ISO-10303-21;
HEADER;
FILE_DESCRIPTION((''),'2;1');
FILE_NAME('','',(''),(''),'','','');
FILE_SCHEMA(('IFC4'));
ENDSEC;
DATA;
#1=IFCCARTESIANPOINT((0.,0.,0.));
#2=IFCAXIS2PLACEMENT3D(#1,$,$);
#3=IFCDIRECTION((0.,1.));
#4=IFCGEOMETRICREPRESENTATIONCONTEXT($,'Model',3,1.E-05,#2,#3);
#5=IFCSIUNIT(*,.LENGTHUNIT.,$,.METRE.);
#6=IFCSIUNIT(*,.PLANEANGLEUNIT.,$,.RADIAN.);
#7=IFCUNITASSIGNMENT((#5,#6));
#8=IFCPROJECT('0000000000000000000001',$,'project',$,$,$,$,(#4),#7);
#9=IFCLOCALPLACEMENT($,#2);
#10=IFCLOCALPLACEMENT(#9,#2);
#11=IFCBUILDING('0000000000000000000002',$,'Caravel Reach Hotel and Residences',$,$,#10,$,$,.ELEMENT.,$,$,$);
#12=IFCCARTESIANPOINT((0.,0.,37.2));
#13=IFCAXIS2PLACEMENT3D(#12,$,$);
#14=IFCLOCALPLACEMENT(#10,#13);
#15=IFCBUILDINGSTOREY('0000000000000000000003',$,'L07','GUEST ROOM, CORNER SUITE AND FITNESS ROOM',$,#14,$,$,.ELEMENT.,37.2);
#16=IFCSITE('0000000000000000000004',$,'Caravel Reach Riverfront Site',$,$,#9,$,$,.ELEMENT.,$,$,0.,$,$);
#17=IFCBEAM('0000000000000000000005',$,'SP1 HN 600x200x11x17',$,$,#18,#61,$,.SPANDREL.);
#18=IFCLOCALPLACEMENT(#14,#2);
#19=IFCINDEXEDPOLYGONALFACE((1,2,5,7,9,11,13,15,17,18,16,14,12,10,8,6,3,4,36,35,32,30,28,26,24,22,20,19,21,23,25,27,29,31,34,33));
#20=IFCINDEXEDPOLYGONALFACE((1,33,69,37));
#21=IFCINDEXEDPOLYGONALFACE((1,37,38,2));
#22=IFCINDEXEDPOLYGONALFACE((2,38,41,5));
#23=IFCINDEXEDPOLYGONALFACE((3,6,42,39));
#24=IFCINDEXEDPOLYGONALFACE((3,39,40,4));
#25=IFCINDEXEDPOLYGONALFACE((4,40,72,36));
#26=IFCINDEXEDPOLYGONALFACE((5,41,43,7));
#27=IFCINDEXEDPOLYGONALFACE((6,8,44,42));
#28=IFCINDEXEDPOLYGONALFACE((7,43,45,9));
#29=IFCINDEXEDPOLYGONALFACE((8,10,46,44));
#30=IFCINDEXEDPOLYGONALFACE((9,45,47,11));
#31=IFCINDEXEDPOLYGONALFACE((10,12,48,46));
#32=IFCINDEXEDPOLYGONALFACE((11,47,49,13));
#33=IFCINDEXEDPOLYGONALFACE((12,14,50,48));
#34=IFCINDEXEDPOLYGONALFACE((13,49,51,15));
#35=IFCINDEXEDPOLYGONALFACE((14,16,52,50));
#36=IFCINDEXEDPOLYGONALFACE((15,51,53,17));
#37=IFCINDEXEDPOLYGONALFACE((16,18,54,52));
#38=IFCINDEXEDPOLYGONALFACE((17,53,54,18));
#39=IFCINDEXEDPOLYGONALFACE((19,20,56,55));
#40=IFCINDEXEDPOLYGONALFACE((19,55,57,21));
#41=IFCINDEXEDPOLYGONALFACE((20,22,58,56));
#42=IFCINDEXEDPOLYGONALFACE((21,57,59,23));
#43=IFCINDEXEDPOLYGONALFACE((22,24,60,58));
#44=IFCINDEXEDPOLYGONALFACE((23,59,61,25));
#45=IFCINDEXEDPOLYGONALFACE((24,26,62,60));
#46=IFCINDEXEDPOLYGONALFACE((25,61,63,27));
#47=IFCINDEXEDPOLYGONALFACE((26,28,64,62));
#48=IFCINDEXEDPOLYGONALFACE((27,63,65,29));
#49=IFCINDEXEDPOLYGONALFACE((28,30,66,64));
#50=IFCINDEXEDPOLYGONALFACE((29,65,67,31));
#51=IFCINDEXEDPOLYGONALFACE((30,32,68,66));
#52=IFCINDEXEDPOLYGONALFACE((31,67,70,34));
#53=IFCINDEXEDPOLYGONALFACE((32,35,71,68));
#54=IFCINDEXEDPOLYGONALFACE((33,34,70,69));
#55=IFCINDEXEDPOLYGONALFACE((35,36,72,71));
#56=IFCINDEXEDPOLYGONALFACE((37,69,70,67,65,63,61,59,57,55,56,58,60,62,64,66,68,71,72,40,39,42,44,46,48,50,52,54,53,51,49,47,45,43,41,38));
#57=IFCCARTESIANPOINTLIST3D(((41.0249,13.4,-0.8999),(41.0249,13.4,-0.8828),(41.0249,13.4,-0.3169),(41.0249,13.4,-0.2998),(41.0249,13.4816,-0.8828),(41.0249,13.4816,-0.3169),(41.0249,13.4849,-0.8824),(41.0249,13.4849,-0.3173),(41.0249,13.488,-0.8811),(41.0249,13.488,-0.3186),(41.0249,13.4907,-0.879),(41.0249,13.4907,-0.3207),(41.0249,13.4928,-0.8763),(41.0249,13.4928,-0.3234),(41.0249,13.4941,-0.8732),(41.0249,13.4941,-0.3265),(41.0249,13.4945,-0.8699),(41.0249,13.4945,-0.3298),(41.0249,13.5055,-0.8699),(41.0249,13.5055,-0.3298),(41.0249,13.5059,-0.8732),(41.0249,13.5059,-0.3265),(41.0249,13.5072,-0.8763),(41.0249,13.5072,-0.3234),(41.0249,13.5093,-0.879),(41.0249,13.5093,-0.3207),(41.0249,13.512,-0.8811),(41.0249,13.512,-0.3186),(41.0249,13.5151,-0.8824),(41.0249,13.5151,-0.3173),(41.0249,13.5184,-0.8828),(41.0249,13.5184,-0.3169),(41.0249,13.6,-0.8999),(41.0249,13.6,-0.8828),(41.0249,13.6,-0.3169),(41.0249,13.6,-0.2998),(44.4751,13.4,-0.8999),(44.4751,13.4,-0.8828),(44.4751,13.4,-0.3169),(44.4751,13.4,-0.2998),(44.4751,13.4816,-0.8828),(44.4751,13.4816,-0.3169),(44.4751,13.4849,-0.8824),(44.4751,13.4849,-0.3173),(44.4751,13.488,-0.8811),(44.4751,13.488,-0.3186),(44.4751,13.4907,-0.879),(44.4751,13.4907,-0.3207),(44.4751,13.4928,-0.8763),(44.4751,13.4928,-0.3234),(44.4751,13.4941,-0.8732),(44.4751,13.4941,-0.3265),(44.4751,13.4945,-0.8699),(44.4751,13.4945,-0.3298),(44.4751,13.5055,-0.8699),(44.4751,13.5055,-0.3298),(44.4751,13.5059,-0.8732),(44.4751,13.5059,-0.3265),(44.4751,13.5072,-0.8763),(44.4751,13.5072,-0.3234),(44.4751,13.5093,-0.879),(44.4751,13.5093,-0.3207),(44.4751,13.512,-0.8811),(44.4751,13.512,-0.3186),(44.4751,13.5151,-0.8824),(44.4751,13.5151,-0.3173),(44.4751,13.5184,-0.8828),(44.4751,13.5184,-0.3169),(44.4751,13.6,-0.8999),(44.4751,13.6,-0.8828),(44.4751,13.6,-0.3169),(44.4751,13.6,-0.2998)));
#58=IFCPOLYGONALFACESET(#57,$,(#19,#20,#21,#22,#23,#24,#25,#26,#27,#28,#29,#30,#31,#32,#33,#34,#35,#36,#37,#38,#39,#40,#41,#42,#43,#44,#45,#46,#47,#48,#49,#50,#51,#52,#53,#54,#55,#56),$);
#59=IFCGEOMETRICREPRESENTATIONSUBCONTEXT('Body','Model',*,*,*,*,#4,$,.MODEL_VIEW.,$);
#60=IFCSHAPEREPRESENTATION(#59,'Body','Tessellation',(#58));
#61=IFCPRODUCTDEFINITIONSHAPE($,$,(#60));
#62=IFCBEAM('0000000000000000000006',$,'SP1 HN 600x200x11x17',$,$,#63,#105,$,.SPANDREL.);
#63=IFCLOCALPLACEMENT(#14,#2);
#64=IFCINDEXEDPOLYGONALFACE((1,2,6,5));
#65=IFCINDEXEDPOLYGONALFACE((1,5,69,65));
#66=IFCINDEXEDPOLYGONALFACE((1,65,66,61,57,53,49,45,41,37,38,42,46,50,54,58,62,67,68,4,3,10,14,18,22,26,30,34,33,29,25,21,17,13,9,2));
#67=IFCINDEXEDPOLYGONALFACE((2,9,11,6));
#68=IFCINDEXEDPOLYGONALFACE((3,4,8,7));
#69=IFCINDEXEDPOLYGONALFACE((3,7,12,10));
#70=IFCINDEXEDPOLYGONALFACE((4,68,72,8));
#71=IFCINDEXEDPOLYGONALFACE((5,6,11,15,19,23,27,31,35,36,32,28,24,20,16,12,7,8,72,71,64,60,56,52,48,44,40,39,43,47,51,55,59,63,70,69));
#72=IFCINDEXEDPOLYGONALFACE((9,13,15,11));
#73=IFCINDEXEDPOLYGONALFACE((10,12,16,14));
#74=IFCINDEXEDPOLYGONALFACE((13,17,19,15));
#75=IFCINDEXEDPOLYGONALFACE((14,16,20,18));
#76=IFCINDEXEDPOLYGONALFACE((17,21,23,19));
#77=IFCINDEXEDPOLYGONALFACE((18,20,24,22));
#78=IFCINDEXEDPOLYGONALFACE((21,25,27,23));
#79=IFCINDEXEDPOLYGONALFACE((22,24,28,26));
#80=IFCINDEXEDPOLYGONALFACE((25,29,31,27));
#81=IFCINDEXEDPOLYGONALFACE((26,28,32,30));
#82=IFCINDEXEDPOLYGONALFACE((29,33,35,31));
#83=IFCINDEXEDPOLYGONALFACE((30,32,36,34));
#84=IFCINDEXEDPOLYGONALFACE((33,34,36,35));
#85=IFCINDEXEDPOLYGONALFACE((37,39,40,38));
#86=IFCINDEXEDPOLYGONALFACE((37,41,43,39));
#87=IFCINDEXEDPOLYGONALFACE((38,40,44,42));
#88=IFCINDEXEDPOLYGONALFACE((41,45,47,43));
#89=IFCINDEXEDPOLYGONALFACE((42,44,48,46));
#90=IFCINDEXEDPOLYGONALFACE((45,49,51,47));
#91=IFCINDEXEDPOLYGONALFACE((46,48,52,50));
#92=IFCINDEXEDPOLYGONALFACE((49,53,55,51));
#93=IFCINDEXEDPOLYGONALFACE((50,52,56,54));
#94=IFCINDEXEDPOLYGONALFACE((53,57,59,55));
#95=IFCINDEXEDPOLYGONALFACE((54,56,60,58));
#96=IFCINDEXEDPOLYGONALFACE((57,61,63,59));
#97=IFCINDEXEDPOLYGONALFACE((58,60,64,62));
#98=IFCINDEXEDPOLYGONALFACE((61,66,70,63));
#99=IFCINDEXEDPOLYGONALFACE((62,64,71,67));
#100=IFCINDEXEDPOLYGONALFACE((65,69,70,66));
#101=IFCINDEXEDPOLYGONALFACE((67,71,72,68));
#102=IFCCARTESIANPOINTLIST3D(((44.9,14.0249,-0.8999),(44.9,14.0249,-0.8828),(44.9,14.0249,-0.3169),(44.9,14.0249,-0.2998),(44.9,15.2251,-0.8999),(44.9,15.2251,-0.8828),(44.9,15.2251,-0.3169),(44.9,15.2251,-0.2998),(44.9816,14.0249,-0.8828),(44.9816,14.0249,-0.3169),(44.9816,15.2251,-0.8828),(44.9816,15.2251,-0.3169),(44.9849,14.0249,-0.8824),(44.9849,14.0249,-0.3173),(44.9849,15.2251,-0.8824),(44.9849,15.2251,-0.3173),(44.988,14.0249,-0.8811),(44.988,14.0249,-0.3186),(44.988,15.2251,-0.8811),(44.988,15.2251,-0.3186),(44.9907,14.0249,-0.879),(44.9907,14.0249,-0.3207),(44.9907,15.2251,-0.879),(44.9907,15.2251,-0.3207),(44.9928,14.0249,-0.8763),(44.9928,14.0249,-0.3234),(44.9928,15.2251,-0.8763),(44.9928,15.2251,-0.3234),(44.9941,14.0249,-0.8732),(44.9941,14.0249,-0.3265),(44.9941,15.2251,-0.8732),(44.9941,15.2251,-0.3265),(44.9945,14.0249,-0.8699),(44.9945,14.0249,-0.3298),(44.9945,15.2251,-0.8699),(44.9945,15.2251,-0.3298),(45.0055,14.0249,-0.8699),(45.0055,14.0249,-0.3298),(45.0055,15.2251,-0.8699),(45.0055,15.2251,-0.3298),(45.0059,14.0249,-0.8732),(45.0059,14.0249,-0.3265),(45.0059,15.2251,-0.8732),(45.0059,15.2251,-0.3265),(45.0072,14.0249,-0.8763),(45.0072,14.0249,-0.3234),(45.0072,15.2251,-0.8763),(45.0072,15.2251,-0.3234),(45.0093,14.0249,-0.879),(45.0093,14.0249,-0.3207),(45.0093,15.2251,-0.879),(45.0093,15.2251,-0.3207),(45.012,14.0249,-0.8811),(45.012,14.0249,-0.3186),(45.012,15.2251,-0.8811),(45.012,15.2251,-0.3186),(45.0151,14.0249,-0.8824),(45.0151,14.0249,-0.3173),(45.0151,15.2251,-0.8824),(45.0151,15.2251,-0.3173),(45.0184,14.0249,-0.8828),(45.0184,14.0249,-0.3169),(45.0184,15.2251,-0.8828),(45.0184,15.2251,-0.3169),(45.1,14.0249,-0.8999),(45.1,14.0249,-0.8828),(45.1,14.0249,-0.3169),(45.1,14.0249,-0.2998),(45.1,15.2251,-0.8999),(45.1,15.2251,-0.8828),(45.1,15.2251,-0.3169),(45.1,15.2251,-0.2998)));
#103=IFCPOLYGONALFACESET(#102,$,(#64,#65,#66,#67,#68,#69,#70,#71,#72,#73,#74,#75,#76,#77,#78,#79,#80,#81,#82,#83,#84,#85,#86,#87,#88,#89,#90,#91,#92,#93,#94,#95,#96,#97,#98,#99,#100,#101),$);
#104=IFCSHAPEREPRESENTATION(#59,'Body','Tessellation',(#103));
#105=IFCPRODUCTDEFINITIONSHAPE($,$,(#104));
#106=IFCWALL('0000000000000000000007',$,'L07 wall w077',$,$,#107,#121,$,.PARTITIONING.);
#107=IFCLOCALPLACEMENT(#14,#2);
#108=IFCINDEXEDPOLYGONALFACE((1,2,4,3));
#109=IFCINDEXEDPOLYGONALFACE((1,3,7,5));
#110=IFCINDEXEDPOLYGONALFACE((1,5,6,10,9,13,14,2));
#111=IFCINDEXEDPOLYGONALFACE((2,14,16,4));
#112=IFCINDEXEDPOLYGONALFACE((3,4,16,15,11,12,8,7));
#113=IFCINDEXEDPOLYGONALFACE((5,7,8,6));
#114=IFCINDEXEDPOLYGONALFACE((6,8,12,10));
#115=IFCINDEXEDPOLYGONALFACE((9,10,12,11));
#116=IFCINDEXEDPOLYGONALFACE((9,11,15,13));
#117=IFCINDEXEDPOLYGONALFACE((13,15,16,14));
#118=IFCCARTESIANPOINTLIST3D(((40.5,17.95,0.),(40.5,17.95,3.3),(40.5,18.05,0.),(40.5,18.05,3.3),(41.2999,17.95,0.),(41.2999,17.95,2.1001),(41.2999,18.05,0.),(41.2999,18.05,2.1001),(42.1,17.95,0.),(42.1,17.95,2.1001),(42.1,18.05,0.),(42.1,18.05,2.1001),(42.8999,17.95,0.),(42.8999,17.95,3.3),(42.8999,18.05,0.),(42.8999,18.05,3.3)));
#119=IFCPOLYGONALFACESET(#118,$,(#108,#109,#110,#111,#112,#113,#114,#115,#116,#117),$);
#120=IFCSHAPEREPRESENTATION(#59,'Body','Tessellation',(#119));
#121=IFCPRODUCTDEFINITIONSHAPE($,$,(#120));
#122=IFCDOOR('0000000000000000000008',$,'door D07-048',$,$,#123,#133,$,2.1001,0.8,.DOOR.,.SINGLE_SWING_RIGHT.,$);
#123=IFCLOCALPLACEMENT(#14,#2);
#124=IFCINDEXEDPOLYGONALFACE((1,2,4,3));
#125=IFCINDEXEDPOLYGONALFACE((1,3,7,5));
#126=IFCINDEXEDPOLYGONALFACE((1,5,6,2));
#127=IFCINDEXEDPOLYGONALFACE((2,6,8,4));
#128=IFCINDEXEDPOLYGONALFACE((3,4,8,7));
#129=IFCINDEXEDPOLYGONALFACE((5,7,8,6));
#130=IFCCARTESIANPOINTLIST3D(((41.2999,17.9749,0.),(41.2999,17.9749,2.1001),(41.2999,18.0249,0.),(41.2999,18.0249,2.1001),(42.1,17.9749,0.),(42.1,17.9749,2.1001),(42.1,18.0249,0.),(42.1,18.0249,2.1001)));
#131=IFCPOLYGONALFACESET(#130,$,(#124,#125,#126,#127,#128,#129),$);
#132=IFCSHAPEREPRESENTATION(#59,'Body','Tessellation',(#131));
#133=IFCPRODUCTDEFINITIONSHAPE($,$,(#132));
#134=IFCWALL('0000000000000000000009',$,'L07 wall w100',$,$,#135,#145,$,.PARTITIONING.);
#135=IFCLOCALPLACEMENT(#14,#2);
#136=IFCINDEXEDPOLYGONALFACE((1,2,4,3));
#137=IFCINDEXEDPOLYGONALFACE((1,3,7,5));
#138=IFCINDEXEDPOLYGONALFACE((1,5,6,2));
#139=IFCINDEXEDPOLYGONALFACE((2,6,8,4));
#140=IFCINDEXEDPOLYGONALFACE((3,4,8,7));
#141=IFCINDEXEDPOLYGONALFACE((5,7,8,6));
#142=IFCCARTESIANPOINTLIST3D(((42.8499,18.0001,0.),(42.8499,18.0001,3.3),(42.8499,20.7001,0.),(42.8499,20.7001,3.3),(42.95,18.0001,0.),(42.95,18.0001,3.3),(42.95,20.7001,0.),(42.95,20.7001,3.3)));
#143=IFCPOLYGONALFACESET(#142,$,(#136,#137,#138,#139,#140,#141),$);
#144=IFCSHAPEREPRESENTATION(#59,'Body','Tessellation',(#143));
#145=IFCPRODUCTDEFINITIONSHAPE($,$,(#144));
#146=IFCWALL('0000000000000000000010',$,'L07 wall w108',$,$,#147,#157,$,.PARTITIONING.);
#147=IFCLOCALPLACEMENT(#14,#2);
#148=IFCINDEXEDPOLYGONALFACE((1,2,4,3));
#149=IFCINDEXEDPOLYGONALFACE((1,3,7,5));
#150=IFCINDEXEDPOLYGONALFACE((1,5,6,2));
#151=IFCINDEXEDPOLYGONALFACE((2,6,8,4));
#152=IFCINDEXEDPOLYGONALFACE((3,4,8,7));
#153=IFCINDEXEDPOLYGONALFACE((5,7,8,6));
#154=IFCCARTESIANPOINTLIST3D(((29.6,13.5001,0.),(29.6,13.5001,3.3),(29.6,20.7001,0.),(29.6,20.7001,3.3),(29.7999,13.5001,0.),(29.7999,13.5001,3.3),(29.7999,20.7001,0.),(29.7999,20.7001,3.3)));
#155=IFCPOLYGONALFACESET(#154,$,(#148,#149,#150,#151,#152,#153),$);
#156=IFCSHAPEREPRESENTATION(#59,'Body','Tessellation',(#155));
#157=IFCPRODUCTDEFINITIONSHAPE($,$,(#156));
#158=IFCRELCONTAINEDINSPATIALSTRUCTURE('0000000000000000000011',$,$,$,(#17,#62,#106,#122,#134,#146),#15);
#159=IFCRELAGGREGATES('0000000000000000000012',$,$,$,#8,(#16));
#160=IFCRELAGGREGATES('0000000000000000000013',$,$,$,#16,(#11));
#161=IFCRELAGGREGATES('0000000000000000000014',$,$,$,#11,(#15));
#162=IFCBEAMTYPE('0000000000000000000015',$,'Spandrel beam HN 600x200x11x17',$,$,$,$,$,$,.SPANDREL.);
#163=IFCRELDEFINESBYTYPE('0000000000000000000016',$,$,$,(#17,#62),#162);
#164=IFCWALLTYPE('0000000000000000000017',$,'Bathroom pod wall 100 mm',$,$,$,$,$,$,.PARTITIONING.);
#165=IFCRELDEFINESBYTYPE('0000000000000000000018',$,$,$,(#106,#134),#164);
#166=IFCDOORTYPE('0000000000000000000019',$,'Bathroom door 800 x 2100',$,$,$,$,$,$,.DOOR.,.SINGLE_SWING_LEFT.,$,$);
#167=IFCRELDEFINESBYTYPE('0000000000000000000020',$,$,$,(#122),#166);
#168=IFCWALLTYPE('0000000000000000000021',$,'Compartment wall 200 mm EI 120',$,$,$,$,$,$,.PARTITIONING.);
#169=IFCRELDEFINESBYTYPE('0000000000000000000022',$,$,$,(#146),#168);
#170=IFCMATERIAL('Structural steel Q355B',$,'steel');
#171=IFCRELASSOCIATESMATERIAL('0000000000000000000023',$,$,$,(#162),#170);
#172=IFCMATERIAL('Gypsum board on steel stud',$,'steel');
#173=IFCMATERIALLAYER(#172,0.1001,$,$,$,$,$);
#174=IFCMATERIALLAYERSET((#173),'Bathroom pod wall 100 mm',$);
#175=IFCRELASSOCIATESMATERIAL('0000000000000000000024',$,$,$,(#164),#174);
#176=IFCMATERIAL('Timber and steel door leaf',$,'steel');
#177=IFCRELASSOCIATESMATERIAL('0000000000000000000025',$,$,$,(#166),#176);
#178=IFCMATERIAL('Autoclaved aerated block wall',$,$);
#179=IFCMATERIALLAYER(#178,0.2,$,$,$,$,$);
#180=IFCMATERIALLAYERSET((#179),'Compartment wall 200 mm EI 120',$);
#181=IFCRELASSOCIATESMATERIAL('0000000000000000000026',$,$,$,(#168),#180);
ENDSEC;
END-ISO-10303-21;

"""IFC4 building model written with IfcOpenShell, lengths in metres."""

from ifc_helpers import new_model, si_unit, direction, frame, frame_2d, origin, origin_2d, place, context, subcontext, project, spatial, rectangle, i_section, extrude, material, layer, layer_set, material_profile, profile_set, type_object, element, fill, save


model = new_model("IFC4")

# Units and contexts
model_context = context("Model", 3, precision=1e-05, world=origin(), true_north=direction((0.0, 1.0)))
body_context = subcontext(model_context, "Body", "Model", "MODEL_VIEW")
ifc_project = project(units=[si_unit("LENGTHUNIT", "METRE"), si_unit("PLANEANGLEUNIT", "RADIAN")], contexts=[model_context])

# Site, building, storey
site_placement = place(None, origin())
site = spatial("IfcSite", under=ifc_project, at=site_placement, Name="Caravel Reach Riverfront Site", CompositionType="ELEMENT", RefElevation=0.0)
building_placement = place(site_placement, origin())
building = spatial("IfcBuilding", under=site, at=building_placement, Name="Caravel Reach Hotel and Residences", CompositionType="ELEMENT")
storey_placement = place(building_placement, frame((0.0, 0.0, 37.2)))
storey = spatial("IfcBuildingStorey", under=building, at=storey_placement, Name="L07", Description="GUEST ROOM, CORNER SUITE AND FITNESS ROOM", CompositionType="ELEMENT", Elevation=37.2)

# Beams
ifc_material_1 = material(Name="Structural steel Q355B", Category="steel")
ifc_material_profile_1 = material_profile(ifc_material_1, i_section(OverallWidth=0.2, OverallDepth=0.6001, WebThickness=0.011, FlangeThickness=0.0171, FilletRadius=0.0129, at=origin_2d()), Name="HN 600x200x11x17")
ifc_profile_set_1 = profile_set([ifc_material_profile_1], Name="Structural steel Q355B")
beam_type_1 = type_object("IfcBeamType", Name="Spandrel beam HN 600x200x11x17", PredefinedType="SPANDREL", material=ifc_profile_set_1)
beam_1_placement = place(storey_placement, frame((41.0249, 13.5, -0.5999), z_axis=(1.0, 0.0, 0.0), x_axis=(0.0, 1.0, 0.0)))
element("IfcBeam", 1, at=beam_1_placement, inside=storey, type_object=beam_type_1, Name="SP1 HN 600x200x11x17", PredefinedType="SPANDREL", context=body_context, shape_type="SweptSolid", body=[
    extrude(i_section(OverallWidth=0.2, OverallDepth=0.6001, WebThickness=0.011, FlangeThickness=0.0171, FilletRadius=0.0129, at=origin_2d()), origin(), (0.0, 0.0, 1.0), 3.4502),
])
beam_2_placement = place(storey_placement, frame((45.0, 14.0249, -0.5999), z_axis=(0.0, 1.0, 0.0), x_axis=(-1.0, 0.0, 0.0)))
element("IfcBeam", 2, at=beam_2_placement, inside=storey, type_object=beam_type_1, Name="SP1 HN 600x200x11x17", PredefinedType="SPANDREL", context=body_context, shape_type="SweptSolid", body=[
    extrude(i_section(OverallWidth=0.2, OverallDepth=0.6001, WebThickness=0.011, FlangeThickness=0.0171, FilletRadius=0.0129, at=origin_2d()), origin(), (0.0, 0.0, 1.0), 1.2002),
])

# Wall, opening, door
ifc_material_2 = material(Name="Gypsum board on steel stud", Category="steel")
ifc_layer_1 = layer(ifc_material_2, 0.1001)
ifc_layer_set_1 = layer_set([ifc_layer_1], Name="Bathroom pod wall 100 mm")
wall_type_1 = type_object("IfcWallType", Name="Bathroom pod wall 100 mm", PredefinedType="PARTITIONING", material=ifc_layer_set_1)
wall_1_placement = place(storey_placement, frame((40.5, 18.0, 0.0), z_axis=(0.0, 0.0, 1.0), x_axis=(1.0, 0.0, 0.0)))
wall_1 = element("IfcWall", 3, at=wall_1_placement, inside=storey, type_object=wall_type_1, Name="L07 wall w077", PredefinedType="PARTITIONING", context=body_context, shape_type="SweptSolid", body=[
    extrude(rectangle(XDim=2.3999, YDim=0.1001, at=frame_2d((1.2, 0.0))), origin(), (0.0, 0.0, 1.0), 3.3),
])
opening_1_placement = place(wall_1_placement, frame((0.8, 0.0, 0.0)))
opening_1 = element("IfcOpeningElement", 4, at=opening_1_placement, cuts=wall_1, PredefinedType="OPENING", context=body_context, shape_type="SweptSolid", body=[
    extrude(rectangle(XDim=0.8, YDim=2.1001, at=frame_2d((0.3999, 1.05))), frame((0.0, 0.0601, 0.0), z_axis=(0.0, -1.0, 0.0), x_axis=(1.0, 0.0, 0.0)), (0.0, 0.0, 1.0), 0.1201),
])
ifc_material_3 = material(Name="Timber and steel door leaf", Category="steel")
door_type_1 = type_object("IfcDoorType", Name="Bathroom door 800 x 2100", OperationType="SINGLE_SWING_LEFT", PredefinedType="DOOR", material=ifc_material_3)
door_1_placement = place(opening_1_placement, origin())
door_1 = element("IfcDoor", 5, at=door_1_placement, inside=storey, type_object=door_type_1, Name="door D07-048", OperationType="SINGLE_SWING_RIGHT", OverallHeight=2.1001, OverallWidth=0.8, PredefinedType="DOOR", context=body_context, shape_type="SweptSolid", body=[
    extrude(rectangle(XDim=0.8, YDim=2.1001, at=frame_2d((0.3999, 1.05))), frame((0.0, 0.0249, 0.0), z_axis=(0.0, -1.0, 0.0), x_axis=(1.0, 0.0, 0.0)), (0.0, 0.0, 1.0), 0.05),
])
fill(opening_1, door_1)

# Walls
wall_2_placement = place(storey_placement, frame((42.8999, 18.0, 0.0), z_axis=(0.0, 0.0, 1.0), x_axis=(0.0, 1.0, 0.0)))
element("IfcWall", 6, at=wall_2_placement, inside=storey, type_object=wall_type_1, Name="L07 wall w100", PredefinedType="PARTITIONING", context=body_context, shape_type="SweptSolid", body=[
    extrude(rectangle(XDim=2.7, YDim=0.1001, at=frame_2d((1.3501, 0.0))), origin(), (0.0, 0.0, 1.0), 3.3),
])
ifc_material_4 = material(Name="Autoclaved aerated block wall")
ifc_layer_2 = layer(ifc_material_4, 0.2)
ifc_layer_set_2 = layer_set([ifc_layer_2], Name="Compartment wall 200 mm EI 120")
wall_type_2 = type_object("IfcWallType", Name="Compartment wall 200 mm EI 120", PredefinedType="PARTITIONING", material=ifc_layer_set_2)
wall_3_placement = place(storey_placement, frame((29.7, 13.5, 0.0), z_axis=(0.0, 0.0, 1.0), x_axis=(0.0, 1.0, 0.0)))
element("IfcWall", 7, at=wall_3_placement, inside=storey, type_object=wall_type_2, Name="L07 wall w108", PredefinedType="PARTITIONING", context=body_context, shape_type="SweptSolid", body=[
    extrude(rectangle(XDim=7.2, YDim=0.2, at=frame_2d((3.6001, 0.0))), origin(), (0.0, 0.0, 1.0), 3.3),
])

save(model, "model.ifc")
